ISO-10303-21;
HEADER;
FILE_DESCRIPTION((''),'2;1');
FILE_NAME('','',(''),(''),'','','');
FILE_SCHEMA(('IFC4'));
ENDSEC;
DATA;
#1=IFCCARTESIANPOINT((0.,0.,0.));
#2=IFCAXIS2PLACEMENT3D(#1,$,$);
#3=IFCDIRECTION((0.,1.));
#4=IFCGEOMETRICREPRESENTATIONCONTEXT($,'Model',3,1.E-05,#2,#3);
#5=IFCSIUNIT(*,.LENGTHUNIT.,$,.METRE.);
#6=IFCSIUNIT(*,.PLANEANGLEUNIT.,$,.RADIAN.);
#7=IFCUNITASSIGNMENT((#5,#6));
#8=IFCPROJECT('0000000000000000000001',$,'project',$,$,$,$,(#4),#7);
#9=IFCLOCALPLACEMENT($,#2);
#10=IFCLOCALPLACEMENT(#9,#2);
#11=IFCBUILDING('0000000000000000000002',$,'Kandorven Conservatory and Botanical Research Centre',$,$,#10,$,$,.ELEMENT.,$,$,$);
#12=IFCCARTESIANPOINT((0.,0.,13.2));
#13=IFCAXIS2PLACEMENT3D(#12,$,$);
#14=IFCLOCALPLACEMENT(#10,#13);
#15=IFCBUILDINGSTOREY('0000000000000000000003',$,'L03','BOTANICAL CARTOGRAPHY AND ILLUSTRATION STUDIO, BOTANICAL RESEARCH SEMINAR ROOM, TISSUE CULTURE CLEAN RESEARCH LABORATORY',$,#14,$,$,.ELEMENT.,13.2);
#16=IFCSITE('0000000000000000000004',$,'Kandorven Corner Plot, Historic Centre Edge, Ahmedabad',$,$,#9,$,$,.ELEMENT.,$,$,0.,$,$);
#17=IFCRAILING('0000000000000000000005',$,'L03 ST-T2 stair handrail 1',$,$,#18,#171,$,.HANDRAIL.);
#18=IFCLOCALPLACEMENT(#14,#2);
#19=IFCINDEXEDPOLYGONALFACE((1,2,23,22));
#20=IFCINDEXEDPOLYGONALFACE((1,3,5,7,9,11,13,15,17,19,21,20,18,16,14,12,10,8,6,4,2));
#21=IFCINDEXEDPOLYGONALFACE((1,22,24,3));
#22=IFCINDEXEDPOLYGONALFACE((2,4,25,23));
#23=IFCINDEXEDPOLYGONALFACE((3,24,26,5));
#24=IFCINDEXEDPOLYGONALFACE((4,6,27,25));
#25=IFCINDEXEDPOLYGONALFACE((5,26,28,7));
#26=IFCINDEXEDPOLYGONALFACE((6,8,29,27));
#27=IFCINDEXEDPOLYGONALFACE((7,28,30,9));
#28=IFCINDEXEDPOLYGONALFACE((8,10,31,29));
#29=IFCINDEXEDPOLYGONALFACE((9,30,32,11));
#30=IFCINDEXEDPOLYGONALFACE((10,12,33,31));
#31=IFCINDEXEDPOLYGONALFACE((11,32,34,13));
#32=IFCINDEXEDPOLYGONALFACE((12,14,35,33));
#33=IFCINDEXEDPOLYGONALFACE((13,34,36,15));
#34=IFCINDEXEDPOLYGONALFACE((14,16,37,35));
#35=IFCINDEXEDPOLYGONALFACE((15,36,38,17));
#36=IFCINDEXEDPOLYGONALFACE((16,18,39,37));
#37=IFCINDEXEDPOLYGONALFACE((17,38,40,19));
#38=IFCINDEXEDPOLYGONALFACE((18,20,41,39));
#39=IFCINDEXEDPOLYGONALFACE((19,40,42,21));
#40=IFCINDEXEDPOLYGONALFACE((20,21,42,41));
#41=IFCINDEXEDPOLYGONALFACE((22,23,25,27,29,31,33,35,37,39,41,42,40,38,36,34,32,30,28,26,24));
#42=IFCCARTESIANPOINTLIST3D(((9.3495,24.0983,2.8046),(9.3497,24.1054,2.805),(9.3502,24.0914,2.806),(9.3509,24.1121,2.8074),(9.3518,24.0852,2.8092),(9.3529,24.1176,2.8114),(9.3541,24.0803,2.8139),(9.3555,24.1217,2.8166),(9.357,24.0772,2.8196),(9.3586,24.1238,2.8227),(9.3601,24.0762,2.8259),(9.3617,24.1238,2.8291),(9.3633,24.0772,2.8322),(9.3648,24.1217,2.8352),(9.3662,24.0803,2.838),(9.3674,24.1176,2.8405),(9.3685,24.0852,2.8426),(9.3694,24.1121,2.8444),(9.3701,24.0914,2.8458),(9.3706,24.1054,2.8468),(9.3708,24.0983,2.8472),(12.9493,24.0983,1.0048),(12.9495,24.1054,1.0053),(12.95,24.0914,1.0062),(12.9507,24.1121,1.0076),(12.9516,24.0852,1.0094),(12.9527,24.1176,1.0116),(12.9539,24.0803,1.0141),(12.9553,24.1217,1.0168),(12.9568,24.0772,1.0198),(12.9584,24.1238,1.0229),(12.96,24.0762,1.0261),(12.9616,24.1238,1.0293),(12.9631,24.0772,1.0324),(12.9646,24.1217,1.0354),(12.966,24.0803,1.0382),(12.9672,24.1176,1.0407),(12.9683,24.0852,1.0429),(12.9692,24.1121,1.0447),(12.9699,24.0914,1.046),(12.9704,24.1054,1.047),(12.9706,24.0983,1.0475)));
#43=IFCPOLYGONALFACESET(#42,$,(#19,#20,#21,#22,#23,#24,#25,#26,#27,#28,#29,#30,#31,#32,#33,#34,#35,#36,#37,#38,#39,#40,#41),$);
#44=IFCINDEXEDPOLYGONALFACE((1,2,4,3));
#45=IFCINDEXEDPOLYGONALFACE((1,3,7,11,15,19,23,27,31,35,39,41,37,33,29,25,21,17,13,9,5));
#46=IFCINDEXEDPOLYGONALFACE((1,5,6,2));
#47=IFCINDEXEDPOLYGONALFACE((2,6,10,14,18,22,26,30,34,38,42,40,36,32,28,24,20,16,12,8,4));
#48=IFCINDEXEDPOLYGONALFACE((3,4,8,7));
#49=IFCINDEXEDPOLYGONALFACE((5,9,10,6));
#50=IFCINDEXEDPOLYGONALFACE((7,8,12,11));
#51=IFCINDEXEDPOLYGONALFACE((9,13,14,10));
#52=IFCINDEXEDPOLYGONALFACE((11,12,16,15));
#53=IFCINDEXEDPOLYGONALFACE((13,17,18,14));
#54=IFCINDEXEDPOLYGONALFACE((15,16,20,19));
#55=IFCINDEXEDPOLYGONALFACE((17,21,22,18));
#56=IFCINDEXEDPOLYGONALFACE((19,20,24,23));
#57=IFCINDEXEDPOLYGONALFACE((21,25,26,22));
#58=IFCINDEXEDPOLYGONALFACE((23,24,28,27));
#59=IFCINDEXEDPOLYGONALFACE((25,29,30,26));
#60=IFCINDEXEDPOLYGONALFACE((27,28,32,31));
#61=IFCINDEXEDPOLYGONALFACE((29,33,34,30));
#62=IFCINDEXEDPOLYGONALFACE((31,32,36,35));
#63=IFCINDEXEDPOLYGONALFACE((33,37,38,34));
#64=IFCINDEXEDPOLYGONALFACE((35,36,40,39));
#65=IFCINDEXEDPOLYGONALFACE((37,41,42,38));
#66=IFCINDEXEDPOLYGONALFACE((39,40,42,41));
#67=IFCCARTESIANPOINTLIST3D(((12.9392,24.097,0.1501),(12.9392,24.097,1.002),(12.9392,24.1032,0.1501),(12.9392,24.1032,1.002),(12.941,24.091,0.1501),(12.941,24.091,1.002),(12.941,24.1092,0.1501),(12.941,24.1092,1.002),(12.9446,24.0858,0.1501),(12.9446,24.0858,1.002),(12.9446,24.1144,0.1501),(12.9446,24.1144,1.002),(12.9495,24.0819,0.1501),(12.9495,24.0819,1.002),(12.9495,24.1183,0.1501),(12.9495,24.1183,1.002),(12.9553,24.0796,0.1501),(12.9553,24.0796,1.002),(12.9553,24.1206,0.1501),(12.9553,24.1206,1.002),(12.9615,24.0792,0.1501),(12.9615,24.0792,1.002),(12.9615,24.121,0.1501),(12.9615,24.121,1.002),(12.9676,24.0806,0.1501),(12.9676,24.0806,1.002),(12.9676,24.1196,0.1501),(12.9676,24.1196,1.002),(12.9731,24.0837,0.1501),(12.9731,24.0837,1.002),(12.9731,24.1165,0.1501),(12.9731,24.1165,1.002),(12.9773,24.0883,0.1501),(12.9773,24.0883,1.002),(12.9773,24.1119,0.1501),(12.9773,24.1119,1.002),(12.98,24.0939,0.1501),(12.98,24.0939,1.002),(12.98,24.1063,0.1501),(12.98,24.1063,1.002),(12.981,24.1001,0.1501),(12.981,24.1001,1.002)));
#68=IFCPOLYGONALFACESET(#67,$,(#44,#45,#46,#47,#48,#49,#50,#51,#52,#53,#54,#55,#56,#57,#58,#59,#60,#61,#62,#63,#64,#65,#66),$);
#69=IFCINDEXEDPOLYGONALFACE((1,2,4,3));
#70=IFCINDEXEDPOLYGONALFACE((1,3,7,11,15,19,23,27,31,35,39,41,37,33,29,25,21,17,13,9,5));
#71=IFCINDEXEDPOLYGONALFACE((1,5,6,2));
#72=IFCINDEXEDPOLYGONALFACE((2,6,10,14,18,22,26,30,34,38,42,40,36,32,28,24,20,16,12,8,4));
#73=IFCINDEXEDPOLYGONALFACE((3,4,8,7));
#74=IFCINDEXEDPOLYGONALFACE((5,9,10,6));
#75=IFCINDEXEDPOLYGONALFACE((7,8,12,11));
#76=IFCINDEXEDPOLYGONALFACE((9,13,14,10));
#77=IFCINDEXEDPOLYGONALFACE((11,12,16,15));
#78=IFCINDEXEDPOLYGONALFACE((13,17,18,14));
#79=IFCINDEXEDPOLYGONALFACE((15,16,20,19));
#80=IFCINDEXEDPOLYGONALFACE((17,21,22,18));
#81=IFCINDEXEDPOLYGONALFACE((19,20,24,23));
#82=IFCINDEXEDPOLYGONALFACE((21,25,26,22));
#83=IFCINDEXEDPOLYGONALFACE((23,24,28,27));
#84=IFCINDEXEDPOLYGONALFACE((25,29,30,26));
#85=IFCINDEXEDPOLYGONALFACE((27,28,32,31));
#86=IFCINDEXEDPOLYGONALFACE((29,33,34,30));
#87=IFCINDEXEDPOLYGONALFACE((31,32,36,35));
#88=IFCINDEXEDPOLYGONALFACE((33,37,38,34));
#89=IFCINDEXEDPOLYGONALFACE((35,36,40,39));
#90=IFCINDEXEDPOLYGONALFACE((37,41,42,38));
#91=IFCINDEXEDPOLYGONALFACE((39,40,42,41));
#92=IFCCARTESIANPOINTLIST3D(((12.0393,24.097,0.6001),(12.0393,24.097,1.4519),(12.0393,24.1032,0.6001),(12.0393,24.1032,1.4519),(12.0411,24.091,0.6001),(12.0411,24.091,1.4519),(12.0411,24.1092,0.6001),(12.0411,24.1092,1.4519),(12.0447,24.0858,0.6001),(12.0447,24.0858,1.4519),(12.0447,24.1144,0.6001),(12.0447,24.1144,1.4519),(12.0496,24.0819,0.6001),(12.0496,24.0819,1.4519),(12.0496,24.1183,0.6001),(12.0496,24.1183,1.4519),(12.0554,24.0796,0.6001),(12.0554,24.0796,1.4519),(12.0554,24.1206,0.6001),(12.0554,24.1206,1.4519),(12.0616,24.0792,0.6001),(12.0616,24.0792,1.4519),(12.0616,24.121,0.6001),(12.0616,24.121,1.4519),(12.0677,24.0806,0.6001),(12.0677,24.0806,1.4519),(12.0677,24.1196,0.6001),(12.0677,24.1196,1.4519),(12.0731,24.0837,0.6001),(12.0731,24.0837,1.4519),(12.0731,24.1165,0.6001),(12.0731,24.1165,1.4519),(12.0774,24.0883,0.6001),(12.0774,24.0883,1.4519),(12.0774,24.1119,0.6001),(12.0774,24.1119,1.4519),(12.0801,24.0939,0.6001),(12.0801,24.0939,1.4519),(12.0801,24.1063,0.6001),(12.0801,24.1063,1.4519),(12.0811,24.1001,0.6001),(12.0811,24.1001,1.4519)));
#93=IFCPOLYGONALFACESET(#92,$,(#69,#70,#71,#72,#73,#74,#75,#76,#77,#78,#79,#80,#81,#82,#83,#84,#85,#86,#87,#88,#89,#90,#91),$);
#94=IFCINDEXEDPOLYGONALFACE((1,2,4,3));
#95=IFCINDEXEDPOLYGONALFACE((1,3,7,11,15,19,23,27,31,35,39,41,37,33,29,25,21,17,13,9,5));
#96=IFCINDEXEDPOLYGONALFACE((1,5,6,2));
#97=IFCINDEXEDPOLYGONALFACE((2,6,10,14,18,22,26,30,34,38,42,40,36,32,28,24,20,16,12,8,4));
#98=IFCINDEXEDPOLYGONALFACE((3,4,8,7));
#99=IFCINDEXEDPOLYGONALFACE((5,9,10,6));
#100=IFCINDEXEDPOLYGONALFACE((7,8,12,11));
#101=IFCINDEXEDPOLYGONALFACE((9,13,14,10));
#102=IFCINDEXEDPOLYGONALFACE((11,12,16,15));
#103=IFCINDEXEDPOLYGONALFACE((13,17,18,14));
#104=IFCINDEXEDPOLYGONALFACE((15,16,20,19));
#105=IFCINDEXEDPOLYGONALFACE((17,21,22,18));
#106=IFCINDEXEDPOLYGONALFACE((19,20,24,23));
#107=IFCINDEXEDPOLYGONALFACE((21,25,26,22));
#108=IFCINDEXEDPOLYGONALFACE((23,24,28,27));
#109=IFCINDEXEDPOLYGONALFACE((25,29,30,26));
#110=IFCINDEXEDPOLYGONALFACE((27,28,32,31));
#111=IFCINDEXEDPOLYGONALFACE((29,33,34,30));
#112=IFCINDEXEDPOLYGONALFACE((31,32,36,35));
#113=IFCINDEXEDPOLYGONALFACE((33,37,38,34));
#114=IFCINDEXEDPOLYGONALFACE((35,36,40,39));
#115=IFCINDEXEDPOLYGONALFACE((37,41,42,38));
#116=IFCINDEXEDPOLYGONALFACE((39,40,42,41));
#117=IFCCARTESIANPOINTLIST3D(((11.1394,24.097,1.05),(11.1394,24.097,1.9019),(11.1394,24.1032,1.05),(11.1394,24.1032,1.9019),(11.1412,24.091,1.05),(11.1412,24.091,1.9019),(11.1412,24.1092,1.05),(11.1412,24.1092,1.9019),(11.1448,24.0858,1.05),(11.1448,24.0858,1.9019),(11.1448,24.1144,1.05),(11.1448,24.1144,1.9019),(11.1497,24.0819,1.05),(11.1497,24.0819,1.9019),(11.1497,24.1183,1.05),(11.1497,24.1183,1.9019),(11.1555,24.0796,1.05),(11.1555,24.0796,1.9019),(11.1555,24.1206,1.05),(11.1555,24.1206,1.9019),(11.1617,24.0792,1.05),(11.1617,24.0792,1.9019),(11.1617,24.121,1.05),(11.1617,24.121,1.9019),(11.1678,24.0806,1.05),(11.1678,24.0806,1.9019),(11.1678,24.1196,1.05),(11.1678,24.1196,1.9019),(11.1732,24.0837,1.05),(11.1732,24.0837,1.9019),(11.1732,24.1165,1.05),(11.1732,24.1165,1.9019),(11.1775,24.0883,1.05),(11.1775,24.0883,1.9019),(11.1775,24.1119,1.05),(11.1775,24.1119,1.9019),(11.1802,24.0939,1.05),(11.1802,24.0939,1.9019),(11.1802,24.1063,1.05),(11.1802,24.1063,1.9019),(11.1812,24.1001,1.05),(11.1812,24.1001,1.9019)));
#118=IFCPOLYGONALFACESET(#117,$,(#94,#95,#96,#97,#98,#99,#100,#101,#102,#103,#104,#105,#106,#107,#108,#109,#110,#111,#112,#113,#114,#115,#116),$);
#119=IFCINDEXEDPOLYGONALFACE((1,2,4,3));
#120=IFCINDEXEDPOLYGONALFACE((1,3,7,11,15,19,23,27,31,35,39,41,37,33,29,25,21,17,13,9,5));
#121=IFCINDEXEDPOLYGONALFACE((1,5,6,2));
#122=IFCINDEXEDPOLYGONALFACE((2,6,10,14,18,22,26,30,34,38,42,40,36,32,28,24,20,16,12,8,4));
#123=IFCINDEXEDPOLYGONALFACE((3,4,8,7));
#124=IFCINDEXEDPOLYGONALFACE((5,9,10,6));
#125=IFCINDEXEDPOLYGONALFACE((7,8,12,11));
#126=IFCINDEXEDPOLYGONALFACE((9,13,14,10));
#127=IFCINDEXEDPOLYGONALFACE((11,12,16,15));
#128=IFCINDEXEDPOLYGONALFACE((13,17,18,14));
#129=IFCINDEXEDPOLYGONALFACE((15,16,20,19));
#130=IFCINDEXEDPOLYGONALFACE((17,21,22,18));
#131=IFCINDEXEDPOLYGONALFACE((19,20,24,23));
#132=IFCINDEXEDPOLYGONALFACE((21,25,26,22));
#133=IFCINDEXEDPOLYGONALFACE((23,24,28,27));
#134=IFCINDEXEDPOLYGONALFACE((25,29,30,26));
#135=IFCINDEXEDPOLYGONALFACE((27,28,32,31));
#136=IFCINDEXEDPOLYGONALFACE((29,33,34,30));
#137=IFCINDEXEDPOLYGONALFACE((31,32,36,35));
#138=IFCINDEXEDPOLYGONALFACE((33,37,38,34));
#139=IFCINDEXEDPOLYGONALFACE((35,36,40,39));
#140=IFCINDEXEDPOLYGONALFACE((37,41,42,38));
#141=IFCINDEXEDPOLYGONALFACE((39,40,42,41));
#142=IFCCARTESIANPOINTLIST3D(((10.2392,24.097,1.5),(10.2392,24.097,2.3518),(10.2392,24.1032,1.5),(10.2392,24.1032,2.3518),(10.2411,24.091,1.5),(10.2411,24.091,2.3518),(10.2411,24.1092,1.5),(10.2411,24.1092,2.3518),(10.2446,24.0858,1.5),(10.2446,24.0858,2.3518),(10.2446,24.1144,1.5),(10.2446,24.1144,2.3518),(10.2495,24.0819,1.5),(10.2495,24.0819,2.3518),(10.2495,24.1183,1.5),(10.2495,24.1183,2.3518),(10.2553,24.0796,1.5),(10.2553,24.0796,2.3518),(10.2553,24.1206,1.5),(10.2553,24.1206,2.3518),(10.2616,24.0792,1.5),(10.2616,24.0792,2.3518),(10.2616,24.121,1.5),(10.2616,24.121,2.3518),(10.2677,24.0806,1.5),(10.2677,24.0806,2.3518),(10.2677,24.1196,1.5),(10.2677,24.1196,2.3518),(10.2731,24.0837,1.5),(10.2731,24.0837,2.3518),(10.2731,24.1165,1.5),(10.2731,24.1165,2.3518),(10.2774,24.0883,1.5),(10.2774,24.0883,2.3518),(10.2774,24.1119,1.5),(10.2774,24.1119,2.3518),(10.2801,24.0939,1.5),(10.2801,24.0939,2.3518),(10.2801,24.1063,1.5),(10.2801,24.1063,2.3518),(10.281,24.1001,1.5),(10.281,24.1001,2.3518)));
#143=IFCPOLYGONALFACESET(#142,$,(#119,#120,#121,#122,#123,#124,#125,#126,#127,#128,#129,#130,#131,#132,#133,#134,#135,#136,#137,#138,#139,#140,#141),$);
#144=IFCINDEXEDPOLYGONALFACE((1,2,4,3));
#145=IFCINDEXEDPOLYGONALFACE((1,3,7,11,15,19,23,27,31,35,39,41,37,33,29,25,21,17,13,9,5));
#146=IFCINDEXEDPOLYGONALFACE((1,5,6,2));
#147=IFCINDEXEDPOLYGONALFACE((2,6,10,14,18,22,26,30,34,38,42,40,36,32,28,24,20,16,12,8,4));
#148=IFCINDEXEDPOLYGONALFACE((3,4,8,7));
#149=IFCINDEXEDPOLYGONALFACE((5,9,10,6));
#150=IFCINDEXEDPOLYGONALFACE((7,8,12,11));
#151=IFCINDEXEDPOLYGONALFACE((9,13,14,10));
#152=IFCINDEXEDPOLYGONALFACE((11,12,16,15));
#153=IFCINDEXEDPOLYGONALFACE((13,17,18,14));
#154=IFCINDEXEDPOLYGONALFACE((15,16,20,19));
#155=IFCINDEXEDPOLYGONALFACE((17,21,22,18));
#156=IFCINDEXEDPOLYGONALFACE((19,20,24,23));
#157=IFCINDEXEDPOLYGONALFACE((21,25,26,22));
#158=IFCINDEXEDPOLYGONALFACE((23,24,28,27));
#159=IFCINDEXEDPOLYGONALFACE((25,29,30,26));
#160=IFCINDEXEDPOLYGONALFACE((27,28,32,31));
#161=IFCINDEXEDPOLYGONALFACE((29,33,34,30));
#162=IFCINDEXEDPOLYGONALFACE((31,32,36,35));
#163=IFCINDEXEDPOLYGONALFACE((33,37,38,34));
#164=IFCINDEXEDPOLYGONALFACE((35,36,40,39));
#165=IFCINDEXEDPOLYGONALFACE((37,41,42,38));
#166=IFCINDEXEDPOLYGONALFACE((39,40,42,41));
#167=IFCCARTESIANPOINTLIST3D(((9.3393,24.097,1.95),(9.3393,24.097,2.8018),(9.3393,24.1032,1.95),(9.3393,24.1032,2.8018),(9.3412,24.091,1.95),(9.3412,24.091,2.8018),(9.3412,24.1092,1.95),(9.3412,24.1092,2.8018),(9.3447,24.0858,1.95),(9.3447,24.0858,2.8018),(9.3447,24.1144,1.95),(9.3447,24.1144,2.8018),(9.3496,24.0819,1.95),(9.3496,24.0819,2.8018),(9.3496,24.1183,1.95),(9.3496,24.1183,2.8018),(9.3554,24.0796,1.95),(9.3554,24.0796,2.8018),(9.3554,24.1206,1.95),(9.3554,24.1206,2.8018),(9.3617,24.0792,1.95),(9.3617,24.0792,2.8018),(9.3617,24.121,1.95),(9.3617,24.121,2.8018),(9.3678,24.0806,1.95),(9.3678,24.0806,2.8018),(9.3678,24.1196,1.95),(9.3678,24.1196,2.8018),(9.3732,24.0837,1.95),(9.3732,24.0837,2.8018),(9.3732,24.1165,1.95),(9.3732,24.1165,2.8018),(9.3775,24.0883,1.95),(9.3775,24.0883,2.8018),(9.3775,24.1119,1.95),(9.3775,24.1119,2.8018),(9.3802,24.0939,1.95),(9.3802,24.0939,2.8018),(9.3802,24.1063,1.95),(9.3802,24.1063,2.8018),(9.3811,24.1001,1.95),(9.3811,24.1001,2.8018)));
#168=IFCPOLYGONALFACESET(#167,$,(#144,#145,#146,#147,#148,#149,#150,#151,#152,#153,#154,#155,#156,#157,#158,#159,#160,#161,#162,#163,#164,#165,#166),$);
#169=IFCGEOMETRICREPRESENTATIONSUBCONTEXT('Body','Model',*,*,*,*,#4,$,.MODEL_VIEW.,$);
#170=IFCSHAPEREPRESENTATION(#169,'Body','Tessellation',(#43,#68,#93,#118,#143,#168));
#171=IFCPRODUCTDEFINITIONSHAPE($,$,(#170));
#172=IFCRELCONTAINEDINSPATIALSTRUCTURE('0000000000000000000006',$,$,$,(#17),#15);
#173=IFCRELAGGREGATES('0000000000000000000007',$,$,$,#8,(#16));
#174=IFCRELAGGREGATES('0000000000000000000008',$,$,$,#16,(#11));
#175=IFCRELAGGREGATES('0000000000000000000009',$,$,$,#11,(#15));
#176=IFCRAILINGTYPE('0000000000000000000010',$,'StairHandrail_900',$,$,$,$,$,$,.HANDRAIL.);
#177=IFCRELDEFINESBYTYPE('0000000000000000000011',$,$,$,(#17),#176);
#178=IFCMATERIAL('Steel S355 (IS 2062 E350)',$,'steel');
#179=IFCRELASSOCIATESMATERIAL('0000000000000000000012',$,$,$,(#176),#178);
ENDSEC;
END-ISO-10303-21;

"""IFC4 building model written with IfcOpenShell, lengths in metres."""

from ifc_helpers import new_model, si_unit, direction, frame, origin, origin_2d, place, context, subcontext, project, spatial, circle, extrude, material, type_object, element, save


model = new_model("IFC4")

# Units and contexts
model_context = context("Model", 3, precision=1e-05, world=origin(), true_north=direction((0.0, 1.0)))
body_context = subcontext(model_context, "Body", "Model", "MODEL_VIEW")
ifc_project = project(units=[si_unit("LENGTHUNIT", "METRE"), si_unit("PLANEANGLEUNIT", "RADIAN")], contexts=[model_context])

# Site, building, storey
site_placement = place(None, origin())
site = spatial("IfcSite", under=ifc_project, at=site_placement, Name="Kandorven Corner Plot, Historic Centre Edge, Ahmedabad", CompositionType="ELEMENT", RefElevation=0.0)
building_placement = place(site_placement, origin())
building = spatial("IfcBuilding", under=site, at=building_placement, Name="Kandorven Conservatory and Botanical Research Centre", CompositionType="ELEMENT")
storey_placement = place(building_placement, frame((0.0, 0.0, 13.2)))
storey = spatial("IfcBuildingStorey", under=building, at=storey_placement, Name="L03", Description="BOTANICAL CARTOGRAPHY AND ILLUSTRATION STUDIO, BOTANICAL RESEARCH SEMINAR ROOM, TISSUE CULTURE CLEAN RESEARCH LABORATORY", CompositionType="ELEMENT", Elevation=13.2)

# Railing
ifc_material_1 = material(Name="Steel S355 (IS 2062 E350)", Category="steel")
railing_type_1 = type_object("IfcRailingType", Name="StairHandrail_900", PredefinedType="HANDRAIL", material=ifc_material_1)
railing_1_placement = place(storey_placement, frame((12.96, 24.1001, 0.1501)))
element("IfcRailing", 1, at=railing_1_placement, inside=storey, type_object=railing_type_1, Name="L03 ST-T2 stair handrail 1", PredefinedType="HANDRAIL", context=body_context, shape_type="SweptSolid", body=[
    extrude(circle(Radius=0.0239, at=origin_2d()), frame((0.0, 0.0, 0.876), z_axis=(-0.894439, 0.0, 0.447189), x_axis=(0.0, -1.0, 0.0)), (0.0, 0.0, 1.0), 4.0247),
    extrude(circle(Radius=0.021, at=origin_2d()), origin(), (0.0, 0.0, 1.0), 0.8518),
    extrude(circle(Radius=0.021, at=origin_2d()), frame((-0.8999, 0.0, 0.45)), (0.0, 0.0, 1.0), 0.8518),
    extrude(circle(Radius=0.021, at=origin_2d()), frame((-1.7998, 0.0, 0.8999)), (0.0, 0.0, 1.0), 0.8518),
    extrude(circle(Radius=0.021, at=origin_2d()), frame((-2.7, 0.0, 1.3499)), (0.0, 0.0, 1.0), 0.8518),
    extrude(circle(Radius=0.021, at=origin_2d()), frame((-3.5999, 0.0, 1.7998)), (0.0, 0.0, 1.0), 0.8518),
])

save(model, "model.ifc")
